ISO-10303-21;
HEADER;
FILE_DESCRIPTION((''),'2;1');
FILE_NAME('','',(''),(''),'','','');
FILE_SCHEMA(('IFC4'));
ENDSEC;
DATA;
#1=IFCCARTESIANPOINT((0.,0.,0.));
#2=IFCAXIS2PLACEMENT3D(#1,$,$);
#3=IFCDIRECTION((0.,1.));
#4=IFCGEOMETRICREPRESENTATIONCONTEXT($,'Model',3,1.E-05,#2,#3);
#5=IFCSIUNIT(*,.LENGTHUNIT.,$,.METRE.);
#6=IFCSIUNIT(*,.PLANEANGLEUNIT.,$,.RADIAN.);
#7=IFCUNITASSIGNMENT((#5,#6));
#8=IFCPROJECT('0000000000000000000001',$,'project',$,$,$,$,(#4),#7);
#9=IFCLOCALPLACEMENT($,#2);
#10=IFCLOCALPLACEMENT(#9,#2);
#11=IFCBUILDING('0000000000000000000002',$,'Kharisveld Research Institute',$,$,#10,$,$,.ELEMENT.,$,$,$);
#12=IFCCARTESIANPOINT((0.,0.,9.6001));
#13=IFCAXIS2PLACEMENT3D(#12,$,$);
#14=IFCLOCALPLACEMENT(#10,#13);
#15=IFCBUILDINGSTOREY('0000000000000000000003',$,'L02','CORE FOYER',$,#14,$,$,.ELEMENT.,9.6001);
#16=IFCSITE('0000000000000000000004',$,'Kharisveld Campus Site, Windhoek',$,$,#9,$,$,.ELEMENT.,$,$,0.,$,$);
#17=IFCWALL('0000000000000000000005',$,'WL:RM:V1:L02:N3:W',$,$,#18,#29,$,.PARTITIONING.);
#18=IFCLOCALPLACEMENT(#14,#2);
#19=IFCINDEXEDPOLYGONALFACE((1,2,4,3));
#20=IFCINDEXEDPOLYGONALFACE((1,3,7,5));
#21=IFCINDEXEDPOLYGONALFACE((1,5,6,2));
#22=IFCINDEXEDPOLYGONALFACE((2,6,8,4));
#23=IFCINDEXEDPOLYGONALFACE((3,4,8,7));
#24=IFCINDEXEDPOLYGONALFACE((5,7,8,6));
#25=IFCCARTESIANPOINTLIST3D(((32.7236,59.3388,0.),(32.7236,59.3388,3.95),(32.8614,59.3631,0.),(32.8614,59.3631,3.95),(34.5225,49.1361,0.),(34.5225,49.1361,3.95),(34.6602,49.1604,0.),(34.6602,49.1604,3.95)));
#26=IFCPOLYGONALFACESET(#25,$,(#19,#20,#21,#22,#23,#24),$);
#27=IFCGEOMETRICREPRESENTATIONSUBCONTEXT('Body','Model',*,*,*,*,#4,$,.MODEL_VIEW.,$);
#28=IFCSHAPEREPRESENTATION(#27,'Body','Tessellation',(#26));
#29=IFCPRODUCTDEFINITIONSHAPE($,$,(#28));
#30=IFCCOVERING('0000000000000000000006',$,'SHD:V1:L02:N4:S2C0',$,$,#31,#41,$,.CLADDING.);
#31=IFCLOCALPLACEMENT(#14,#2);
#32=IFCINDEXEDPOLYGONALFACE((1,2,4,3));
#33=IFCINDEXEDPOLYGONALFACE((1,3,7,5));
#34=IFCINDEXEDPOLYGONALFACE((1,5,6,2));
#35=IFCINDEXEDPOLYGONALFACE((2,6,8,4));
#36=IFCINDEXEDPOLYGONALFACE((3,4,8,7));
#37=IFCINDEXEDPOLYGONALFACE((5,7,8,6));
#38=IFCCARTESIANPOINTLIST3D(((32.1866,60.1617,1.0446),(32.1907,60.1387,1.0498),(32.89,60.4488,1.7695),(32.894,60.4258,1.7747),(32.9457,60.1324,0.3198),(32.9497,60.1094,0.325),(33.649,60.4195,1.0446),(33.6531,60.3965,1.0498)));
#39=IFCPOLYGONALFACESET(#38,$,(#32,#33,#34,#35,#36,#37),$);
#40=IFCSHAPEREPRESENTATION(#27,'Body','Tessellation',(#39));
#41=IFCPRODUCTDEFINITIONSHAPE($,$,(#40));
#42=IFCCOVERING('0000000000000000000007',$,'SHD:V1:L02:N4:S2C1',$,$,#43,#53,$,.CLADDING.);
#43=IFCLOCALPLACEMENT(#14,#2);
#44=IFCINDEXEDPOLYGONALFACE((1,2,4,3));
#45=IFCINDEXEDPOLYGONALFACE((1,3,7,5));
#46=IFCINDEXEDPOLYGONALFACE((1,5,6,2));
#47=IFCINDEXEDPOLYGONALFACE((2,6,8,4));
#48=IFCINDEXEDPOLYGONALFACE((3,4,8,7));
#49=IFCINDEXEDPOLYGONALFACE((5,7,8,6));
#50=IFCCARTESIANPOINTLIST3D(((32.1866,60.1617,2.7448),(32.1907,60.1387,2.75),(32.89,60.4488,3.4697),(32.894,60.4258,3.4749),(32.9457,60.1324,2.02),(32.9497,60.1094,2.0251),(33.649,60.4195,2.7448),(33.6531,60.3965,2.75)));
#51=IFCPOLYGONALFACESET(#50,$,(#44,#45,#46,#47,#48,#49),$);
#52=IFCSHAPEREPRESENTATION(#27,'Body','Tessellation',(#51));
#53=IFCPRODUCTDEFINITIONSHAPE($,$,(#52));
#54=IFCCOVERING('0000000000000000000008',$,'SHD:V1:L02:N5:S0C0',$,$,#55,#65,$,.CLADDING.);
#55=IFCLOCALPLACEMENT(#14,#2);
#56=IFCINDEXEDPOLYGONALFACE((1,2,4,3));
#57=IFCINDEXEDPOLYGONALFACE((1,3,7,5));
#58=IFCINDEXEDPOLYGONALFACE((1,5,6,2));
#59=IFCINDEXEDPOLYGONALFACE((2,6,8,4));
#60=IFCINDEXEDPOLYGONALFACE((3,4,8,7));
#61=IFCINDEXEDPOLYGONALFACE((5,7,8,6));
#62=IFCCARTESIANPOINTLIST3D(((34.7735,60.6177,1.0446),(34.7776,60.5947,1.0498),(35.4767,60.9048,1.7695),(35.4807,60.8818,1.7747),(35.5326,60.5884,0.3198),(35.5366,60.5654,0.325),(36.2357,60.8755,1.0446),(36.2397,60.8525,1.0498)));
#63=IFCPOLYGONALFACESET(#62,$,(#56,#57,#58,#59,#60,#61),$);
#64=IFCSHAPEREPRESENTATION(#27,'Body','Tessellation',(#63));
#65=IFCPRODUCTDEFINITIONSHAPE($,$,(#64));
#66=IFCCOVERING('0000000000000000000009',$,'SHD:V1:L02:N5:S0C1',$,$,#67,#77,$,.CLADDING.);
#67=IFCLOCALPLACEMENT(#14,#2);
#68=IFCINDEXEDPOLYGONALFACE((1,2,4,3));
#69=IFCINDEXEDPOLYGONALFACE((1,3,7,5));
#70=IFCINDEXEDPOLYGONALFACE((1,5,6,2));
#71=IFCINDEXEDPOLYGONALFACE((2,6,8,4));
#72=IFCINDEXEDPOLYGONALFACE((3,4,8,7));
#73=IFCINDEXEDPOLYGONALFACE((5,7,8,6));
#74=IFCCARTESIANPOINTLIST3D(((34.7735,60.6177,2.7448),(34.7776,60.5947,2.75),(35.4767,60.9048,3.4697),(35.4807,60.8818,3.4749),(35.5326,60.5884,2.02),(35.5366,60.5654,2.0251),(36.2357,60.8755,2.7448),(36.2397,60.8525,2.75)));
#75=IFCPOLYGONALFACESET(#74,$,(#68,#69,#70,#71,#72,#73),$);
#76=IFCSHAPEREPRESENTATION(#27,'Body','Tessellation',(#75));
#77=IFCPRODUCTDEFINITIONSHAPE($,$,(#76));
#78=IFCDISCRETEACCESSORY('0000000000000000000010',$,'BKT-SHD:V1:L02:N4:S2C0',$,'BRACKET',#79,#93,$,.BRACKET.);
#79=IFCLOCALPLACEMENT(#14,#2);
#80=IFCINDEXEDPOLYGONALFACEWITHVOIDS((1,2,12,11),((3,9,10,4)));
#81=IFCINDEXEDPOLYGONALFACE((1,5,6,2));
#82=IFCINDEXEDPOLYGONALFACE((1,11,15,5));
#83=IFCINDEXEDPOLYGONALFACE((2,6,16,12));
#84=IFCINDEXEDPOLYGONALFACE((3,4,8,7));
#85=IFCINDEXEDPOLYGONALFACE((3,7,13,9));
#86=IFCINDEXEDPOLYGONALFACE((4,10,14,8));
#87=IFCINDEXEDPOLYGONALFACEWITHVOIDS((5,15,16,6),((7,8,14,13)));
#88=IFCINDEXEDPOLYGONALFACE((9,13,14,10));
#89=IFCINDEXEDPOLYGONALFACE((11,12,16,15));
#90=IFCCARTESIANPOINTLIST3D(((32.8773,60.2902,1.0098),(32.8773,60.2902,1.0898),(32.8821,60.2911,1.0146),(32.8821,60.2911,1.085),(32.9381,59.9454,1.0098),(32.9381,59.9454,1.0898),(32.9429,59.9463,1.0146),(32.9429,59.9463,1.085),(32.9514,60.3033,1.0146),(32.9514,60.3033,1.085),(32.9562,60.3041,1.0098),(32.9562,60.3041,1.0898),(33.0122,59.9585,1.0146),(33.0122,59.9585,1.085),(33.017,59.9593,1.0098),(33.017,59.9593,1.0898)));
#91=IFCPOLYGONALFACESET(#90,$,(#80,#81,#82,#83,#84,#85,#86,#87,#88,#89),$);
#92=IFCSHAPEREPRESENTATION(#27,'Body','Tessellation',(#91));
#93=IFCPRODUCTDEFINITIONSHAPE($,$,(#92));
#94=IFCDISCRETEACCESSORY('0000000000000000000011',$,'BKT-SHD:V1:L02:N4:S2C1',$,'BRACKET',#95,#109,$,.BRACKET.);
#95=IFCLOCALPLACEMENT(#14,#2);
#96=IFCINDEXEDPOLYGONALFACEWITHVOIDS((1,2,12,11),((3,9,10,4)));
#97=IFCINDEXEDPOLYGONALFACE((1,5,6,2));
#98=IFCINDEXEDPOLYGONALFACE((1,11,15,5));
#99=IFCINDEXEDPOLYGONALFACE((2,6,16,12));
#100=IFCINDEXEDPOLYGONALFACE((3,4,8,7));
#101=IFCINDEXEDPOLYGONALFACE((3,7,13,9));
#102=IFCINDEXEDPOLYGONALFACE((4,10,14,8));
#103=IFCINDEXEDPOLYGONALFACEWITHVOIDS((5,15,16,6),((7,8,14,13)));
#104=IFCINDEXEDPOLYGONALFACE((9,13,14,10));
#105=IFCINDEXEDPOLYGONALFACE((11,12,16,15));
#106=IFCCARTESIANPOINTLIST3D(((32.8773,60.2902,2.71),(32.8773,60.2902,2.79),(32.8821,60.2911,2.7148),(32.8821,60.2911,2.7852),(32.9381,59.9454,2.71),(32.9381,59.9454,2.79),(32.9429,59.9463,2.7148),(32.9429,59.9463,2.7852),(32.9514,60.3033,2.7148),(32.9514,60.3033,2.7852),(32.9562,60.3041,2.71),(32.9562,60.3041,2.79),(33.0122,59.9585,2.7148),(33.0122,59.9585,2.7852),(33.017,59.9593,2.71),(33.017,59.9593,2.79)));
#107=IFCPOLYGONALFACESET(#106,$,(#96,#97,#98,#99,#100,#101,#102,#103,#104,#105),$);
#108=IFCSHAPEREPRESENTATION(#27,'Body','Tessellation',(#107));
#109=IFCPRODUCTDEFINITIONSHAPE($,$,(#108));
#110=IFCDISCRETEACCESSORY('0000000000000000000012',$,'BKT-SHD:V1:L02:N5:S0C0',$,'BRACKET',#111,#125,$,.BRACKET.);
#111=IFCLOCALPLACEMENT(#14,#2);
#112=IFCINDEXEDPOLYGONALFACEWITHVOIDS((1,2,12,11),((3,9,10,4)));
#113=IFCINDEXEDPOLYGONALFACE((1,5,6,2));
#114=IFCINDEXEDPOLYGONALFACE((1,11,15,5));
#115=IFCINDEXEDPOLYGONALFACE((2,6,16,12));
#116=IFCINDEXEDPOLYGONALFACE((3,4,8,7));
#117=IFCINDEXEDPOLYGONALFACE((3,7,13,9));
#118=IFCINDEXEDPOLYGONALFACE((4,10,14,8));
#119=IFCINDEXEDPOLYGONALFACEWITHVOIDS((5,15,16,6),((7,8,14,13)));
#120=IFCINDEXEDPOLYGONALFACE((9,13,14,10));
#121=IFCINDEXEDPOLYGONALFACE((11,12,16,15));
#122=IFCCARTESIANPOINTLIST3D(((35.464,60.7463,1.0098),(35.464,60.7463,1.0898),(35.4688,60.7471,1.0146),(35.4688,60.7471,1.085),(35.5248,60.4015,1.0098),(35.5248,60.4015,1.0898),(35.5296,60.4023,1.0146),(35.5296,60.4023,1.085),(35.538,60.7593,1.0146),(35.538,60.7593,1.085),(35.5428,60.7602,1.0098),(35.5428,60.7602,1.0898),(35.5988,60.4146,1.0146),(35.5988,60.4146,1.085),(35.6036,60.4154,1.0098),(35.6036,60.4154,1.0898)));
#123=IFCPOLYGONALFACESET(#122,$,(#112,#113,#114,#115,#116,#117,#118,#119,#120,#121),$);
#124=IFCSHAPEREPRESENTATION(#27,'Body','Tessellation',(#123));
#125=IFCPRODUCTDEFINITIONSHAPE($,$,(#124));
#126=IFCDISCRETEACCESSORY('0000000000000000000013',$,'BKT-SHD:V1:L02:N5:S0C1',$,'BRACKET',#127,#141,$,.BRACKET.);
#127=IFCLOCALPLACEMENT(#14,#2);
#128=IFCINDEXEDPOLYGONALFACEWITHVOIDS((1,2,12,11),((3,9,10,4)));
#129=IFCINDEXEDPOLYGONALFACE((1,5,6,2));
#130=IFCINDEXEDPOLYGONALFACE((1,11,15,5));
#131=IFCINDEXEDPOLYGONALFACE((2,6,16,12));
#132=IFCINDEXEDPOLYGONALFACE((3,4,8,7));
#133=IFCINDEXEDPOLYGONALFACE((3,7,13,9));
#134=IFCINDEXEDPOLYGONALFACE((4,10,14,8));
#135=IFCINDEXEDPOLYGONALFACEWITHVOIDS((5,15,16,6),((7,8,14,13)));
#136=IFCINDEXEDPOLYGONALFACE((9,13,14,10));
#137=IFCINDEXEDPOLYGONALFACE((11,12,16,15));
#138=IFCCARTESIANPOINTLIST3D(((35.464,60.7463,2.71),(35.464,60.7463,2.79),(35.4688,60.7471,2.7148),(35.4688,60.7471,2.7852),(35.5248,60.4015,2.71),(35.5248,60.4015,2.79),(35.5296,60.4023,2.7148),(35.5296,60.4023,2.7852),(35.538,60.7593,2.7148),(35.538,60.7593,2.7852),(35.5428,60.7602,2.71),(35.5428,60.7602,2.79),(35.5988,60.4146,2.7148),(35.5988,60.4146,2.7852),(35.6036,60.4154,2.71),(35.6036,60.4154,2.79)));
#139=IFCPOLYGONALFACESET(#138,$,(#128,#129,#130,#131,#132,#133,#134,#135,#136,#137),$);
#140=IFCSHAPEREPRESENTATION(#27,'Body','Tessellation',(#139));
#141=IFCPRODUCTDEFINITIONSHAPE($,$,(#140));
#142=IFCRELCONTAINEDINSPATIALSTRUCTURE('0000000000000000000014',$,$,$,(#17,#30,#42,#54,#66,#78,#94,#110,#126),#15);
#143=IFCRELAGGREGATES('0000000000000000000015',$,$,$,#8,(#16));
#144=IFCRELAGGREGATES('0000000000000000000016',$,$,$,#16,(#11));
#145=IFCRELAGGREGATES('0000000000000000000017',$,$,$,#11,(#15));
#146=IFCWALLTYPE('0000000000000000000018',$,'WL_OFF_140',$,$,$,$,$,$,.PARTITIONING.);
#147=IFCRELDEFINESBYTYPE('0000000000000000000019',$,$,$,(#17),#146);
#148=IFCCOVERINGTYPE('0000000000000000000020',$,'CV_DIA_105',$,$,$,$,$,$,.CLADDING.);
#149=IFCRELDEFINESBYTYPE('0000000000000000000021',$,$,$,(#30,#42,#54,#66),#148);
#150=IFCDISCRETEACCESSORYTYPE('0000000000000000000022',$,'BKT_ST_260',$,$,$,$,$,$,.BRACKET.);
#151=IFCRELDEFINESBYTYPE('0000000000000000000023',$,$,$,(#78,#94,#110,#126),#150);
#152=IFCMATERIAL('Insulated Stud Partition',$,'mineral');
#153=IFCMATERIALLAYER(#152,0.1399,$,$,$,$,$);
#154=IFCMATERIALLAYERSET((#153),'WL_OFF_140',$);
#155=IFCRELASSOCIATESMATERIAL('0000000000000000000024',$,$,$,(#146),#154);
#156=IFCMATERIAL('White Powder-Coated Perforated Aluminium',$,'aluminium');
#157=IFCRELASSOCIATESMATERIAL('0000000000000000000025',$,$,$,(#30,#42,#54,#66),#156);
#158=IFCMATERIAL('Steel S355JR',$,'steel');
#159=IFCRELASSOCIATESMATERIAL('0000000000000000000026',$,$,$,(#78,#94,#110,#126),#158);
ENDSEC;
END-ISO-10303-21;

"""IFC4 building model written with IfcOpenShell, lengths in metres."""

from ifc_helpers import new_model, si_unit, direction, frame, frame_2d, origin, origin_2d, place, context, subcontext, project, spatial, polyline, rectangle, hollow_rectangle, outline, extrude, material, layer, layer_set, type_object, element, save


model = new_model("IFC4")

# Units and contexts
model_context = context("Model", 3, precision=1e-05, world=origin(), true_north=direction((0.0, 1.0)))
body_context = subcontext(model_context, "Body", "Model", "MODEL_VIEW")
ifc_project = project(units=[si_unit("LENGTHUNIT", "METRE"), si_unit("PLANEANGLEUNIT", "RADIAN")], contexts=[model_context])

# Site, building, storey
site_placement = place(None, origin())
site = spatial("IfcSite", under=ifc_project, at=site_placement, Name="Kharisveld Campus Site, Windhoek", CompositionType="ELEMENT", RefElevation=0.0)
building_placement = place(site_placement, origin())
building = spatial("IfcBuilding", under=site, at=building_placement, Name="Kharisveld Research Institute", CompositionType="ELEMENT")
storey_placement = place(building_placement, frame((0.0, 0.0, 9.6001)))
storey = spatial("IfcBuildingStorey", under=building, at=storey_placement, Name="L02", Description="CORE FOYER", CompositionType="ELEMENT", Elevation=9.6001)

# Wall
ifc_material_1 = material(Name="Insulated Stud Partition", Category="mineral")
ifc_layer_1 = layer(ifc_material_1, 0.1399)
ifc_layer_set_1 = layer_set([ifc_layer_1], Name="WL_OFF_140")
wall_type_1 = type_object("IfcWallType", Name="WL_OFF_140", PredefinedType="PARTITIONING", material=ifc_layer_set_1)
wall_1_placement = place(storey_placement, frame((32.7925, 59.3511, 0.0), z_axis=(0.0, 0.0, 1.0), x_axis=(0.173632, -0.984811, 0.0)))
element("IfcWall", 1, at=wall_1_placement, inside=storey, type_object=wall_type_1, Name="WL:RM:V1:L02:N3:W", PredefinedType="PARTITIONING", context=body_context, shape_type="SweptSolid", body=[
    extrude(rectangle(XDim=10.3601, YDim=0.1399, at=frame_2d((5.1802, 0.0))), origin(), (0.0, 0.0, 1.0), 3.95),
])

# Coverings
ifc_material_2 = material(Name="White Powder-Coated Perforated Aluminium", Category="aluminium")
covering_type = type_object("IfcCoveringType", Name="CV_DIA_105", PredefinedType="CLADDING")
for number, where, z_axis, x_axis, name in (
    (2, (32.9497, 60.1094, 0.325), (0.169504, -0.961487, 0.216358), (0.669853, 0.273429, 0.690314), "SHD:V1:L02:N4:S2C0"),
    (3, (32.9497, 60.1094, 2.0251), (0.169504, -0.961487, 0.216358), (0.669853, 0.273429, 0.690314), "SHD:V1:L02:N4:S2C1"),
):
    element("IfcCovering", number, at=place(storey_placement, frame(where, z_axis=z_axis, x_axis=x_axis)), inside=storey, type_object=covering_type, material=ifc_material_2, Name=name, PredefinedType="CLADDING", context=body_context, shape_type="SweptSolid", body=[
        extrude(outline(polyline([(0.0, 0.0), (1.05, 0.0), (1.05, 1.05), (-0.0001, 1.05), (0.0, 0.0)])), origin(), (0.0, 0.0, -1.0), 0.0239),
    ])
for number, where, z_axis, x_axis, name in (
    (4, (35.5366, 60.5654, 0.325), (0.169531, -0.961476, 0.216385), (0.669725, 0.273471, 0.690421), "SHD:V1:L02:N5:S0C0"),
    (5, (35.5366, 60.5654, 2.0251), (0.169531, -0.961476, 0.216385), (0.669725, 0.273471, 0.690421), "SHD:V1:L02:N5:S0C1"),
):
    element("IfcCovering", number, at=place(storey_placement, frame(where, z_axis=z_axis, x_axis=x_axis)), inside=storey, type_object=covering_type, material=ifc_material_2, Name=name, PredefinedType="CLADDING", context=body_context, shape_type="SweptSolid", body=[
        extrude(outline(polyline([(0.0, 0.0), (1.0499, 0.0), (1.05, 1.05), (0.0001, 1.05), (0.0, 0.0)])), origin(), (0.0, 0.0, -1.0), 0.0239),
    ])

# Discrete accessories
ifc_material_3 = material(Name="Steel S355JR", Category="steel")
discrete_accessory_type = type_object("IfcDiscreteAccessoryType", Name="BKT_ST_260", PredefinedType="BRACKET")
for number, where, z_axis, x_axis, name in (
    (6, (32.9775, 59.9524, 1.0498), (-0.173666, 0.984805, 0.0), (-0.984805, -0.173666, 0.0), "BKT-SHD:V1:L02:N4:S2C0"),
    (7, (32.9775, 59.9524, 2.75), (-0.173666, 0.984805, 0.0), (-0.984805, -0.173666, 0.0), "BKT-SHD:V1:L02:N4:S2C1"),
    (8, (35.5642, 60.4084, 1.0498), (-0.173666, 0.984805, 0.0), (-0.984805, -0.173666, 0.0), "BKT-SHD:V1:L02:N5:S0C0"),
    (9, (35.5642, 60.4084, 2.75), (-0.173666, 0.984805, 0.0), (-0.984805, -0.173666, 0.0), "BKT-SHD:V1:L02:N5:S0C1"),
):
    element("IfcDiscreteAccessory", number, at=place(storey_placement, frame(where, z_axis=z_axis, x_axis=x_axis)), inside=storey, type_object=discrete_accessory_type, material=ifc_material_3, Name=name, ObjectType="BRACKET", PredefinedType="BRACKET", context=body_context, shape_type="SweptSolid", body=[
        extrude(hollow_rectangle(XDim=0.0801, YDim=0.0801, WallThickness=0.0049, at=origin_2d()), origin(), (0.0, 0.0, 1.0), 0.3501),
    ])

save(model, "model.ifc")
